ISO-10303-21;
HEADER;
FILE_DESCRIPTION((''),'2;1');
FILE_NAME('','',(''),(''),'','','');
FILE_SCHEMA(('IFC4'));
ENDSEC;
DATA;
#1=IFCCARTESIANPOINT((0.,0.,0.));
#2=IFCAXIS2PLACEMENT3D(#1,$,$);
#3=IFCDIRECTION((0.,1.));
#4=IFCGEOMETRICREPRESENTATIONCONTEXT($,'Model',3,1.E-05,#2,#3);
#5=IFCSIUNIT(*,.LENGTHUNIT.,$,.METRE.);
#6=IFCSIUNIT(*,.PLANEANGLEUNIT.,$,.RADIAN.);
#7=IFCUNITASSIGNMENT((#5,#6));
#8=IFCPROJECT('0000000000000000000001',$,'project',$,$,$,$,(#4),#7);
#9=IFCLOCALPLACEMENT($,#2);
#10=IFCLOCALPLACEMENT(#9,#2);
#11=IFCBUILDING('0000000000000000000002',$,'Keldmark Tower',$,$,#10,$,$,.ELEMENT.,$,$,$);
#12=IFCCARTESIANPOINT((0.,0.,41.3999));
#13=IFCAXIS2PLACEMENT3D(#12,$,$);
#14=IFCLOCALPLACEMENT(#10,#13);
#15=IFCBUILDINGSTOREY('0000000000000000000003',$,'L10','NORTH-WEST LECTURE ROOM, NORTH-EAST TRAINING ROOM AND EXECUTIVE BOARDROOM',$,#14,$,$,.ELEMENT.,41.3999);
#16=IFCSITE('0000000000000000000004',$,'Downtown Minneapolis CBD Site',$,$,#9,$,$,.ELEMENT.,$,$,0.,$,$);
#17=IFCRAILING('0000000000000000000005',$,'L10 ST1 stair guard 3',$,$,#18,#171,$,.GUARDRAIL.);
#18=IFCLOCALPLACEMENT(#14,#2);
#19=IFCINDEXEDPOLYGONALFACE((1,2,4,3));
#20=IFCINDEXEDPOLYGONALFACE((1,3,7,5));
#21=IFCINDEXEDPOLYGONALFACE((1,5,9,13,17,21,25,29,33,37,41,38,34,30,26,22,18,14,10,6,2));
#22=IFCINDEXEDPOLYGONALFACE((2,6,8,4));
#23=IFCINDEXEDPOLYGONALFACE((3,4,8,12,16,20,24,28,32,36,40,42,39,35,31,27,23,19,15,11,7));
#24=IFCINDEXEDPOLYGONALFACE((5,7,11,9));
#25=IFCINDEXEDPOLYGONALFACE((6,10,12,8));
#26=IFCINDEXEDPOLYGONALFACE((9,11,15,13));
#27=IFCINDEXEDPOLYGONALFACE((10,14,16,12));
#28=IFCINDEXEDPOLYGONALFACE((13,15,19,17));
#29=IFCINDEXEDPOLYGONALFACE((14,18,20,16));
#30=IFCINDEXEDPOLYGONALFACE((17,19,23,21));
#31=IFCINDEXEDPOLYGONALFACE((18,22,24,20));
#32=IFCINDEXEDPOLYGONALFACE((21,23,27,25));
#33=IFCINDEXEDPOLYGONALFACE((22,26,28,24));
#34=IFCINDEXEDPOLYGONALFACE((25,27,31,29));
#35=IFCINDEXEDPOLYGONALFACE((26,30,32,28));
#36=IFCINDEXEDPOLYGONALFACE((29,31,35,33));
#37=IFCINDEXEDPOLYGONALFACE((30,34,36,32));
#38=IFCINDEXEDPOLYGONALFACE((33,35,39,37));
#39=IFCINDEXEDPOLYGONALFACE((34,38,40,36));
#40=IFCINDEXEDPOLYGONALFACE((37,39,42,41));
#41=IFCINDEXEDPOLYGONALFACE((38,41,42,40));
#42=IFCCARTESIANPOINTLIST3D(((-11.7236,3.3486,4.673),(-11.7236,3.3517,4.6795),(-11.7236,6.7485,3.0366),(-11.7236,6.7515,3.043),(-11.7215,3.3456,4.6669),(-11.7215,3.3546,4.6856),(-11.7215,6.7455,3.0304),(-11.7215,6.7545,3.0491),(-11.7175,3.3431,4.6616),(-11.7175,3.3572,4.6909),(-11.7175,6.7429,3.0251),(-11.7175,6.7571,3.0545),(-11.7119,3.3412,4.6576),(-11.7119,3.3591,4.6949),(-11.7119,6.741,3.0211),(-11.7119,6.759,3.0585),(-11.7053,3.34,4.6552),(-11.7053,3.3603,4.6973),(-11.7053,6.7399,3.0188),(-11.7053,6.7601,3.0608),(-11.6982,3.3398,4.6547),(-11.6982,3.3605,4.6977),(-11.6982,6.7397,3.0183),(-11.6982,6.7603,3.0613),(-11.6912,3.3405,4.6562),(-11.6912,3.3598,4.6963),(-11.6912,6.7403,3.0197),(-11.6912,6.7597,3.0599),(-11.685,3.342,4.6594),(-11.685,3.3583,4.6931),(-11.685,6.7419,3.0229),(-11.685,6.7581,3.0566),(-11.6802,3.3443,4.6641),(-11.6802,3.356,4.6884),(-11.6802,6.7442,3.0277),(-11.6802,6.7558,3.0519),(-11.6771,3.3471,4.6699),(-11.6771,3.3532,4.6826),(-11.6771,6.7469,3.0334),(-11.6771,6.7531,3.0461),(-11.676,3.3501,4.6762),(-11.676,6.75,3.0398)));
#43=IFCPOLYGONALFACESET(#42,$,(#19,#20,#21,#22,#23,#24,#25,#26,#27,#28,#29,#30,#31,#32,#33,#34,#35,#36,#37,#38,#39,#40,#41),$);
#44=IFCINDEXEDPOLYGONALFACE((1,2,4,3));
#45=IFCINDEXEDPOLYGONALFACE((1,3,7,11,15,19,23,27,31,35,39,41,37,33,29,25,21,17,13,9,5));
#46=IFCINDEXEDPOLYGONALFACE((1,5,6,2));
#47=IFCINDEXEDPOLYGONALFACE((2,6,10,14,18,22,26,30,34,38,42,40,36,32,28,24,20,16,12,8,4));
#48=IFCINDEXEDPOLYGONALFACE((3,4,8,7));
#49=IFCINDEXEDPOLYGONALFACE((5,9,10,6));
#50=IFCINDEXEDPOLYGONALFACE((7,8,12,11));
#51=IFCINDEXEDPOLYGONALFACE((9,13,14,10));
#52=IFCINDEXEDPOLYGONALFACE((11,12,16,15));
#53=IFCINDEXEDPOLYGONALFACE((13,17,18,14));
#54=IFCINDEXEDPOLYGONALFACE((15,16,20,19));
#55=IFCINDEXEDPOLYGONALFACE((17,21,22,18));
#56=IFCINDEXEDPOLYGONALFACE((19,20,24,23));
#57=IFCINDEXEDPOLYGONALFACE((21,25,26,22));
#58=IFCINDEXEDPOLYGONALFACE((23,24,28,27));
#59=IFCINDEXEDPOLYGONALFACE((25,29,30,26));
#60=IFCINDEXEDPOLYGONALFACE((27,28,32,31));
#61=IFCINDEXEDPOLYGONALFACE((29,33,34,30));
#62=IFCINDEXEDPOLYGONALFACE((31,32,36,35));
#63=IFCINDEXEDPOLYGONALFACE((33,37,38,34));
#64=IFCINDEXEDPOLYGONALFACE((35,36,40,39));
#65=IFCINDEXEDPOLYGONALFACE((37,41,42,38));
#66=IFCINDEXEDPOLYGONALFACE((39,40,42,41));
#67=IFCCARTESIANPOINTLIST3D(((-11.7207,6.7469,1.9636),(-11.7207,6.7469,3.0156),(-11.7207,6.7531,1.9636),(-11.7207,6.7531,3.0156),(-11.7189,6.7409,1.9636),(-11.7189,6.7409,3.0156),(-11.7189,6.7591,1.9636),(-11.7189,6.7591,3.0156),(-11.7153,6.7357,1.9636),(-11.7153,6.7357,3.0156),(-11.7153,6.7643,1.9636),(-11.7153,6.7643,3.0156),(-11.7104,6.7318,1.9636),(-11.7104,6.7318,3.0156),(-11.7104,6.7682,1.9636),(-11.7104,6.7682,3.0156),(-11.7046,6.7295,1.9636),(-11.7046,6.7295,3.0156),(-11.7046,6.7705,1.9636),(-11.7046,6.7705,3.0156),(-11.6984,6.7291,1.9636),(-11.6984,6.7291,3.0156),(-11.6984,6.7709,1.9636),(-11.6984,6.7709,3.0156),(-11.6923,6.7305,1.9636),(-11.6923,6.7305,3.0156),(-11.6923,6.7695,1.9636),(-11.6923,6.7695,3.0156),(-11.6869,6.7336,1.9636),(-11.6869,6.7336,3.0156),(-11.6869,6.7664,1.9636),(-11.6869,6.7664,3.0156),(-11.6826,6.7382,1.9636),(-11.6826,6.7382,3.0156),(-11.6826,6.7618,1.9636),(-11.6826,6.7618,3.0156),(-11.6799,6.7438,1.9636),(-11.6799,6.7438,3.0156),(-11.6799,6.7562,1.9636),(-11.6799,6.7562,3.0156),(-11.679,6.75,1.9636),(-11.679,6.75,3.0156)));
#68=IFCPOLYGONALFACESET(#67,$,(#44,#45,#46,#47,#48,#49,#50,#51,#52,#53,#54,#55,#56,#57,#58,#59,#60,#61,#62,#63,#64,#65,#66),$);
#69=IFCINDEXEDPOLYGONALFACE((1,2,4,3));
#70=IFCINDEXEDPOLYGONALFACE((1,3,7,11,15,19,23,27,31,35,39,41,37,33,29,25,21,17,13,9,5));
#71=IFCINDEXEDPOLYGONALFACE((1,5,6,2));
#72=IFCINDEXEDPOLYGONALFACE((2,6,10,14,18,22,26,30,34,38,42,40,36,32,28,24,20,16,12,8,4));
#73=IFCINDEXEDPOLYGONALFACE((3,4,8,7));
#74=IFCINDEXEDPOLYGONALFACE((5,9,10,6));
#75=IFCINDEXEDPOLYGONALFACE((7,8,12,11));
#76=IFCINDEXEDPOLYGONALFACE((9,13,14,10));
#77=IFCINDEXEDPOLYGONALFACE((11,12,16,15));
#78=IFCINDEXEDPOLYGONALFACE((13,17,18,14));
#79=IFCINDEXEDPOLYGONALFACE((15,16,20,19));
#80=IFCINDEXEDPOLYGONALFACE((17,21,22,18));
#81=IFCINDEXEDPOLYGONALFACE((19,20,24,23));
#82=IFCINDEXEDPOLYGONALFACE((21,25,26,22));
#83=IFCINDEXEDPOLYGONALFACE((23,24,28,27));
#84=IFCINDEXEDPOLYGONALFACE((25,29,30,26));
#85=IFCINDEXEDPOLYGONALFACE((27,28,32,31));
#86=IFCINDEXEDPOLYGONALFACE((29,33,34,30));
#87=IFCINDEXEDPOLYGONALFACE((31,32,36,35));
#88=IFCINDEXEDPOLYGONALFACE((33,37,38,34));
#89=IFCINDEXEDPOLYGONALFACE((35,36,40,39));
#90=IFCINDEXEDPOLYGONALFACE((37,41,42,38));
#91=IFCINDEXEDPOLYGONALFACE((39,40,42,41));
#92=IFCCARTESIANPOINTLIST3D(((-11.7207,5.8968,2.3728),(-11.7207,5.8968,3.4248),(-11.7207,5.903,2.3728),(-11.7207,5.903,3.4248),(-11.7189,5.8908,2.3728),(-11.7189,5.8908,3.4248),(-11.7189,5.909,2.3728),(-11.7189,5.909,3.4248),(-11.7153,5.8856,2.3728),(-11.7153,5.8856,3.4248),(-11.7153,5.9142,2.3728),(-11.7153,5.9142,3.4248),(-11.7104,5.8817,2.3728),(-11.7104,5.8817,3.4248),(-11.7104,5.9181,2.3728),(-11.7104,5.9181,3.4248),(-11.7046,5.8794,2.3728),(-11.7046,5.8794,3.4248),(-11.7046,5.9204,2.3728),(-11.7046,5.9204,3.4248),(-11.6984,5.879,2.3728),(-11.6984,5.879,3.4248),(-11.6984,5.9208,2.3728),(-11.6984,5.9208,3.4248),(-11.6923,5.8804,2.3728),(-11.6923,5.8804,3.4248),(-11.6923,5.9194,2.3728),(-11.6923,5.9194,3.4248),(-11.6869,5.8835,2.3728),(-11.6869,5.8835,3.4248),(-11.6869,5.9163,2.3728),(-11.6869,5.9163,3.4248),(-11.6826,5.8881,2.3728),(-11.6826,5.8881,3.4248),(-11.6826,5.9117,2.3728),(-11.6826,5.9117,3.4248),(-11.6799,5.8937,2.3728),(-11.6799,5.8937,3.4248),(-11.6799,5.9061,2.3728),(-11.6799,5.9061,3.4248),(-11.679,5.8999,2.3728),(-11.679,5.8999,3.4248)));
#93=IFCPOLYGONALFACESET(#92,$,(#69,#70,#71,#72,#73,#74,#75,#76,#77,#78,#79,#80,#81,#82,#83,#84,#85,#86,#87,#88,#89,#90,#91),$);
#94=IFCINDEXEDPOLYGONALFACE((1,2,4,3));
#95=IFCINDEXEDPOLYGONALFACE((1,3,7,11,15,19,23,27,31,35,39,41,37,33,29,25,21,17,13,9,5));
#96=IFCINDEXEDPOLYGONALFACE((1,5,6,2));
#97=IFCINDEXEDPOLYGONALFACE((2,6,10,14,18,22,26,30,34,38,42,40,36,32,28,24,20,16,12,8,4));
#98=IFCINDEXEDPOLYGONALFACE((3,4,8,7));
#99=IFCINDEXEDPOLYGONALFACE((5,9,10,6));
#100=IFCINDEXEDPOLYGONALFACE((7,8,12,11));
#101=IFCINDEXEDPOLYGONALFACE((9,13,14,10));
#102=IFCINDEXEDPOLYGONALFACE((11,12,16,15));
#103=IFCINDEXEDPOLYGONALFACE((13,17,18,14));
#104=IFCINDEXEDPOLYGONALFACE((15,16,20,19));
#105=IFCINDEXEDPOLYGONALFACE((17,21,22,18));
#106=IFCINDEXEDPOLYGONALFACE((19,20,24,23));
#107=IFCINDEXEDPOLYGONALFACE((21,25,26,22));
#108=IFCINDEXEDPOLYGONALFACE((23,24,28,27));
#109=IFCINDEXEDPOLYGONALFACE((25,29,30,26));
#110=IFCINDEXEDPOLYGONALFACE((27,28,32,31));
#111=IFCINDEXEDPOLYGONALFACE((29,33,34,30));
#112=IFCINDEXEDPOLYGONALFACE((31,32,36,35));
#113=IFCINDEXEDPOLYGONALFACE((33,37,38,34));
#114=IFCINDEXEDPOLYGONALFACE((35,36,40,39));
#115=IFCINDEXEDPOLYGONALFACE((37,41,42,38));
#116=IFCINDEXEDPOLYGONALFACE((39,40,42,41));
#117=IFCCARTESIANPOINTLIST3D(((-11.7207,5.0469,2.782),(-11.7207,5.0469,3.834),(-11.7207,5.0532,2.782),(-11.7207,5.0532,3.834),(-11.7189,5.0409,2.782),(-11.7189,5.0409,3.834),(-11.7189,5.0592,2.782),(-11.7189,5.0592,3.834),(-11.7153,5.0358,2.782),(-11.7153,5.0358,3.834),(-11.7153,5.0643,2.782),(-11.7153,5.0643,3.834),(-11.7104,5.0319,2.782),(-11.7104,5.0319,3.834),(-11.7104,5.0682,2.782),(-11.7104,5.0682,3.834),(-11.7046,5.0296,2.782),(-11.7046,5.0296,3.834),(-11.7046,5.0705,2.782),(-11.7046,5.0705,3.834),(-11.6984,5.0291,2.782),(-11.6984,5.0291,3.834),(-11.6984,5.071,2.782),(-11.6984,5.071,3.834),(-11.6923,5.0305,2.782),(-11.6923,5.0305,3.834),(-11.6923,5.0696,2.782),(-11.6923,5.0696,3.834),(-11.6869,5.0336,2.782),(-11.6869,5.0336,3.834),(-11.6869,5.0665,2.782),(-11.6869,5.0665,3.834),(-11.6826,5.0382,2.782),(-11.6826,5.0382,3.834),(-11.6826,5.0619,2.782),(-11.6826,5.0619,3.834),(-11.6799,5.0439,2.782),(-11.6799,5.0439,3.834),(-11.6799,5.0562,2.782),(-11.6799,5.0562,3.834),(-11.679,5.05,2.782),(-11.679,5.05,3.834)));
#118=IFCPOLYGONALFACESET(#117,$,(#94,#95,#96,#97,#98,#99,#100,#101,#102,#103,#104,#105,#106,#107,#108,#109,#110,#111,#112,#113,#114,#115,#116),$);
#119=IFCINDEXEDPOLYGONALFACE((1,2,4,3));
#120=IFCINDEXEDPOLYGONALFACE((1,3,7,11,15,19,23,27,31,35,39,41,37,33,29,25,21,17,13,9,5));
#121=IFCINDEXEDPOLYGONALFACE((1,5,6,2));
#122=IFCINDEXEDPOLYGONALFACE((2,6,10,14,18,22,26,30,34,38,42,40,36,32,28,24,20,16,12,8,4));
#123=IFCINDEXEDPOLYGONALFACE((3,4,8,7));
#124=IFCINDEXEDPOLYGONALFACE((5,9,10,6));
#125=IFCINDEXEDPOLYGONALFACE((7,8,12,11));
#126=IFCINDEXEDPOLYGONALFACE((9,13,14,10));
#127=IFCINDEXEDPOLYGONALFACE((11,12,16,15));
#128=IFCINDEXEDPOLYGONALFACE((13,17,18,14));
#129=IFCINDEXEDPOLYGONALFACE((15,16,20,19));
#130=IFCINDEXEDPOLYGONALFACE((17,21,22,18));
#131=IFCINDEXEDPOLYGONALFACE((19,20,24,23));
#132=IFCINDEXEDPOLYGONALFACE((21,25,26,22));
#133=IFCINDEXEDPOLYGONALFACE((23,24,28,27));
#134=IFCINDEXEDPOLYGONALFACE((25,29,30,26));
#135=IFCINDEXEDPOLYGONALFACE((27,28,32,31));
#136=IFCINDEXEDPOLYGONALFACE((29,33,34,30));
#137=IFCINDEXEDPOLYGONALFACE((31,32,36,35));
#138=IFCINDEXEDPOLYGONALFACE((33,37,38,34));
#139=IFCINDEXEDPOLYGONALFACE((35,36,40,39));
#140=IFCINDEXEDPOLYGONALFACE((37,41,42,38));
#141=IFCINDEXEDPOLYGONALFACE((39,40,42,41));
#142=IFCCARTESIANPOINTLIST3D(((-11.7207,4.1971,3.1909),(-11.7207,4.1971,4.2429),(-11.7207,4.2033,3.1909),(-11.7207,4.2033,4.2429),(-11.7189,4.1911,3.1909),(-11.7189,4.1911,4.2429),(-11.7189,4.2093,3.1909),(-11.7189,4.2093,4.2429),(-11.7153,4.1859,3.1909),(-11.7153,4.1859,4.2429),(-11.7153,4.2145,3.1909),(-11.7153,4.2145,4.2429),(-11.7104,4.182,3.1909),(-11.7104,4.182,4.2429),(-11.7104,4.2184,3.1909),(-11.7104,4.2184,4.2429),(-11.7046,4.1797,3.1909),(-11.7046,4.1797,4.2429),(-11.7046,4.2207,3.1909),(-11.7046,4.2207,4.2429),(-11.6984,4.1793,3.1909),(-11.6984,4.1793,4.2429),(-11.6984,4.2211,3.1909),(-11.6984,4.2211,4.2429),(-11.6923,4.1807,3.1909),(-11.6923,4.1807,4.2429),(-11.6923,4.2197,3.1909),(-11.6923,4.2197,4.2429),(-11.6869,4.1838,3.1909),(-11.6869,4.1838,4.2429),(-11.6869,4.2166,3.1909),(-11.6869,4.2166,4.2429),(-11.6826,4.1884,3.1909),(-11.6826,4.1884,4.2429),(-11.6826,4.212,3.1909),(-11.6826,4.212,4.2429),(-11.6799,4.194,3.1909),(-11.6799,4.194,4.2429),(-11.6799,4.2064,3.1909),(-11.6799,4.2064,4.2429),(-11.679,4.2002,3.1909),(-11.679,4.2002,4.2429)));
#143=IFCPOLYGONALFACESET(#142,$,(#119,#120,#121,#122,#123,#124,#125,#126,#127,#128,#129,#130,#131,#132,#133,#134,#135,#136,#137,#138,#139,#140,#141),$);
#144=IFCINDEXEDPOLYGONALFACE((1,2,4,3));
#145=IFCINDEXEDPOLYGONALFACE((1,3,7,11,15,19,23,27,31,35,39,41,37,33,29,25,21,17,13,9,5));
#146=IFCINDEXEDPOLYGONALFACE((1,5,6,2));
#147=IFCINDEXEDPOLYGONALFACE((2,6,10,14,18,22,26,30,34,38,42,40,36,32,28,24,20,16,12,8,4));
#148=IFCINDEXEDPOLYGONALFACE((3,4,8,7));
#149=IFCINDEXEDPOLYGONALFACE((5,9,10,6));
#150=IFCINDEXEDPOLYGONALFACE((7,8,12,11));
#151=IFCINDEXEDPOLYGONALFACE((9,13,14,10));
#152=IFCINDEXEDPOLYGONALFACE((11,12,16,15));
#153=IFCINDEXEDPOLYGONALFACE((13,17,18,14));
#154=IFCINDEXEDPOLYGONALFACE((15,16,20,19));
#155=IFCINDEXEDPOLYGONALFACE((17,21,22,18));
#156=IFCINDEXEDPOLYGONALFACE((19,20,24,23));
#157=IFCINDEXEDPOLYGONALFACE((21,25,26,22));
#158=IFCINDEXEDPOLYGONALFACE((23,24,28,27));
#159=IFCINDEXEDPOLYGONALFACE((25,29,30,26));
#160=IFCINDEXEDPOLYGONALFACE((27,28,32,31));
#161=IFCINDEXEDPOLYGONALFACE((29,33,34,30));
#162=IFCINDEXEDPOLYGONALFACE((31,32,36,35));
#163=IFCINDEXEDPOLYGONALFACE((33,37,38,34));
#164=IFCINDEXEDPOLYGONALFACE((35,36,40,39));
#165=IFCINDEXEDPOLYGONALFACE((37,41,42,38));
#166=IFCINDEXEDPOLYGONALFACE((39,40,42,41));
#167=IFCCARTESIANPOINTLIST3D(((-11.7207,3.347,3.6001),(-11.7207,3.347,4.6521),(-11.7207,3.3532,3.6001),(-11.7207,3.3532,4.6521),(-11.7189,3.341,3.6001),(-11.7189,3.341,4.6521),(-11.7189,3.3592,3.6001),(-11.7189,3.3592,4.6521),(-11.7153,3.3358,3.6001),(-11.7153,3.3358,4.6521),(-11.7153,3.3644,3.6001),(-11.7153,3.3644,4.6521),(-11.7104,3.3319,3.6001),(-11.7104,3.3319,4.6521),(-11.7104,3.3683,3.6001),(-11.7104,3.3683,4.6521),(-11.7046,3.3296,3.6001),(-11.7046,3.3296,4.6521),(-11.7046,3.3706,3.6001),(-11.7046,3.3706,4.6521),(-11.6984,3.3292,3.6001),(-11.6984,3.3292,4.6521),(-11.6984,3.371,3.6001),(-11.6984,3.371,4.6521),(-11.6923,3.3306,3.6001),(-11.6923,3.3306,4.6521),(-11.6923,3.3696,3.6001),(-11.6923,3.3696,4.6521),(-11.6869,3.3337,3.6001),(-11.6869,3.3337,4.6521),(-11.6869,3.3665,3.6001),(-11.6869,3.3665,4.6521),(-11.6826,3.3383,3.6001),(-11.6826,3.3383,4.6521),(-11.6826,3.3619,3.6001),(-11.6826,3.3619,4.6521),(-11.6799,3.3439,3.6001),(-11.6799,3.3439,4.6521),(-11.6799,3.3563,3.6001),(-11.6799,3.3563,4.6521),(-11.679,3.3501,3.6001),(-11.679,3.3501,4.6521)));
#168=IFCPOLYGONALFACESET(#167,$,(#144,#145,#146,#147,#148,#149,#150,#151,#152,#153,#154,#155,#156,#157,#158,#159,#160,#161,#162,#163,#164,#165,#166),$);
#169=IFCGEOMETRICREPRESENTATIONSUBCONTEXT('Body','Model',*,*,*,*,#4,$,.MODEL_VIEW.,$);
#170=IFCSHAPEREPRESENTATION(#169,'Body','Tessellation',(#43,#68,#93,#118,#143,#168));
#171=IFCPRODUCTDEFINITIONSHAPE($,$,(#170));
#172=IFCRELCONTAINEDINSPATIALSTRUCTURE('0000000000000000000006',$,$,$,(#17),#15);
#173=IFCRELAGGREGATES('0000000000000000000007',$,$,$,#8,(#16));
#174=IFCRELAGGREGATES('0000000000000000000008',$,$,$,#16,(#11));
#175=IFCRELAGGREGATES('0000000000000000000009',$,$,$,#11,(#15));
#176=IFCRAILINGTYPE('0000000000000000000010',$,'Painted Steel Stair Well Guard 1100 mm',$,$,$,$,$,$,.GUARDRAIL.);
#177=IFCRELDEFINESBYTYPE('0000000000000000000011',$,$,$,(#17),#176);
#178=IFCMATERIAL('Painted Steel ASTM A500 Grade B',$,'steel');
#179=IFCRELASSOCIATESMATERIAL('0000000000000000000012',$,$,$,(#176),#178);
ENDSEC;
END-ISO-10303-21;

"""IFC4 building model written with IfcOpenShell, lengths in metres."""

from ifc_helpers import new_model, si_unit, direction, frame, origin, origin_2d, place, context, subcontext, project, spatial, circle, extrude, material, type_object, element, save


model = new_model("IFC4")

# Units and contexts
model_context = context("Model", 3, precision=1e-05, world=origin(), true_north=direction((0.0, 1.0)))
body_context = subcontext(model_context, "Body", "Model", "MODEL_VIEW")
ifc_project = project(units=[si_unit("LENGTHUNIT", "METRE"), si_unit("PLANEANGLEUNIT", "RADIAN")], contexts=[model_context])

# Site, building, storey
site_placement = place(None, origin())
site = spatial("IfcSite", under=ifc_project, at=site_placement, Name="Downtown Minneapolis CBD Site", CompositionType="ELEMENT", RefElevation=0.0)
building_placement = place(site_placement, origin())
building = spatial("IfcBuilding", under=site, at=building_placement, Name="Keldmark Tower", CompositionType="ELEMENT")
storey_placement = place(building_placement, frame((0.0, 0.0, 41.3999)))
storey = spatial("IfcBuildingStorey", under=building, at=storey_placement, Name="L10", Description="NORTH-WEST LECTURE ROOM, NORTH-EAST TRAINING ROOM AND EXECUTIVE BOARDROOM", CompositionType="ELEMENT", Elevation=41.3999)

# Railing
ifc_material_1 = material(Name="Painted Steel ASTM A500 Grade B", Category="steel")
railing_type_1 = type_object("IfcRailingType", Name="Painted Steel Stair Well Guard 1100 mm", PredefinedType="GUARDRAIL", material=ifc_material_1)
railing_1_placement = place(storey_placement, frame((-11.7, 6.75, 1.9636)))
element("IfcRailing", 1, at=railing_1_placement, inside=storey, type_object=railing_type_1, Name="L10 ST1 stair guard 3", PredefinedType="GUARDRAIL", context=body_context, shape_type="SweptSolid", body=[
    extrude(circle(Radius=0.0239, at=origin_2d()), frame((0.0, 0.0, 1.0762), z_axis=(0.0, -0.901055, 0.433705), x_axis=(1.0, 0.0, 0.0)), (0.0, 0.0, 1.0), 3.7732),
    extrude(circle(Radius=0.021, at=origin_2d()), origin(), (0.0, 0.0, 1.0), 1.052),
    extrude(circle(Radius=0.021, at=origin_2d()), frame((0.0, -0.8501, 0.4092)), (0.0, 0.0, 1.0), 1.052),
    extrude(circle(Radius=0.021, at=origin_2d()), frame((0.0, -1.7, 0.8184)), (0.0, 0.0, 1.0), 1.052),
    extrude(circle(Radius=0.021, at=origin_2d()), frame((0.0, -2.5498, 1.2273)), (0.0, 0.0, 1.0), 1.052),
    extrude(circle(Radius=0.021, at=origin_2d()), frame((0.0, -3.3999, 1.6365)), (0.0, 0.0, 1.0), 1.052),
])

save(model, "model.ifc")
